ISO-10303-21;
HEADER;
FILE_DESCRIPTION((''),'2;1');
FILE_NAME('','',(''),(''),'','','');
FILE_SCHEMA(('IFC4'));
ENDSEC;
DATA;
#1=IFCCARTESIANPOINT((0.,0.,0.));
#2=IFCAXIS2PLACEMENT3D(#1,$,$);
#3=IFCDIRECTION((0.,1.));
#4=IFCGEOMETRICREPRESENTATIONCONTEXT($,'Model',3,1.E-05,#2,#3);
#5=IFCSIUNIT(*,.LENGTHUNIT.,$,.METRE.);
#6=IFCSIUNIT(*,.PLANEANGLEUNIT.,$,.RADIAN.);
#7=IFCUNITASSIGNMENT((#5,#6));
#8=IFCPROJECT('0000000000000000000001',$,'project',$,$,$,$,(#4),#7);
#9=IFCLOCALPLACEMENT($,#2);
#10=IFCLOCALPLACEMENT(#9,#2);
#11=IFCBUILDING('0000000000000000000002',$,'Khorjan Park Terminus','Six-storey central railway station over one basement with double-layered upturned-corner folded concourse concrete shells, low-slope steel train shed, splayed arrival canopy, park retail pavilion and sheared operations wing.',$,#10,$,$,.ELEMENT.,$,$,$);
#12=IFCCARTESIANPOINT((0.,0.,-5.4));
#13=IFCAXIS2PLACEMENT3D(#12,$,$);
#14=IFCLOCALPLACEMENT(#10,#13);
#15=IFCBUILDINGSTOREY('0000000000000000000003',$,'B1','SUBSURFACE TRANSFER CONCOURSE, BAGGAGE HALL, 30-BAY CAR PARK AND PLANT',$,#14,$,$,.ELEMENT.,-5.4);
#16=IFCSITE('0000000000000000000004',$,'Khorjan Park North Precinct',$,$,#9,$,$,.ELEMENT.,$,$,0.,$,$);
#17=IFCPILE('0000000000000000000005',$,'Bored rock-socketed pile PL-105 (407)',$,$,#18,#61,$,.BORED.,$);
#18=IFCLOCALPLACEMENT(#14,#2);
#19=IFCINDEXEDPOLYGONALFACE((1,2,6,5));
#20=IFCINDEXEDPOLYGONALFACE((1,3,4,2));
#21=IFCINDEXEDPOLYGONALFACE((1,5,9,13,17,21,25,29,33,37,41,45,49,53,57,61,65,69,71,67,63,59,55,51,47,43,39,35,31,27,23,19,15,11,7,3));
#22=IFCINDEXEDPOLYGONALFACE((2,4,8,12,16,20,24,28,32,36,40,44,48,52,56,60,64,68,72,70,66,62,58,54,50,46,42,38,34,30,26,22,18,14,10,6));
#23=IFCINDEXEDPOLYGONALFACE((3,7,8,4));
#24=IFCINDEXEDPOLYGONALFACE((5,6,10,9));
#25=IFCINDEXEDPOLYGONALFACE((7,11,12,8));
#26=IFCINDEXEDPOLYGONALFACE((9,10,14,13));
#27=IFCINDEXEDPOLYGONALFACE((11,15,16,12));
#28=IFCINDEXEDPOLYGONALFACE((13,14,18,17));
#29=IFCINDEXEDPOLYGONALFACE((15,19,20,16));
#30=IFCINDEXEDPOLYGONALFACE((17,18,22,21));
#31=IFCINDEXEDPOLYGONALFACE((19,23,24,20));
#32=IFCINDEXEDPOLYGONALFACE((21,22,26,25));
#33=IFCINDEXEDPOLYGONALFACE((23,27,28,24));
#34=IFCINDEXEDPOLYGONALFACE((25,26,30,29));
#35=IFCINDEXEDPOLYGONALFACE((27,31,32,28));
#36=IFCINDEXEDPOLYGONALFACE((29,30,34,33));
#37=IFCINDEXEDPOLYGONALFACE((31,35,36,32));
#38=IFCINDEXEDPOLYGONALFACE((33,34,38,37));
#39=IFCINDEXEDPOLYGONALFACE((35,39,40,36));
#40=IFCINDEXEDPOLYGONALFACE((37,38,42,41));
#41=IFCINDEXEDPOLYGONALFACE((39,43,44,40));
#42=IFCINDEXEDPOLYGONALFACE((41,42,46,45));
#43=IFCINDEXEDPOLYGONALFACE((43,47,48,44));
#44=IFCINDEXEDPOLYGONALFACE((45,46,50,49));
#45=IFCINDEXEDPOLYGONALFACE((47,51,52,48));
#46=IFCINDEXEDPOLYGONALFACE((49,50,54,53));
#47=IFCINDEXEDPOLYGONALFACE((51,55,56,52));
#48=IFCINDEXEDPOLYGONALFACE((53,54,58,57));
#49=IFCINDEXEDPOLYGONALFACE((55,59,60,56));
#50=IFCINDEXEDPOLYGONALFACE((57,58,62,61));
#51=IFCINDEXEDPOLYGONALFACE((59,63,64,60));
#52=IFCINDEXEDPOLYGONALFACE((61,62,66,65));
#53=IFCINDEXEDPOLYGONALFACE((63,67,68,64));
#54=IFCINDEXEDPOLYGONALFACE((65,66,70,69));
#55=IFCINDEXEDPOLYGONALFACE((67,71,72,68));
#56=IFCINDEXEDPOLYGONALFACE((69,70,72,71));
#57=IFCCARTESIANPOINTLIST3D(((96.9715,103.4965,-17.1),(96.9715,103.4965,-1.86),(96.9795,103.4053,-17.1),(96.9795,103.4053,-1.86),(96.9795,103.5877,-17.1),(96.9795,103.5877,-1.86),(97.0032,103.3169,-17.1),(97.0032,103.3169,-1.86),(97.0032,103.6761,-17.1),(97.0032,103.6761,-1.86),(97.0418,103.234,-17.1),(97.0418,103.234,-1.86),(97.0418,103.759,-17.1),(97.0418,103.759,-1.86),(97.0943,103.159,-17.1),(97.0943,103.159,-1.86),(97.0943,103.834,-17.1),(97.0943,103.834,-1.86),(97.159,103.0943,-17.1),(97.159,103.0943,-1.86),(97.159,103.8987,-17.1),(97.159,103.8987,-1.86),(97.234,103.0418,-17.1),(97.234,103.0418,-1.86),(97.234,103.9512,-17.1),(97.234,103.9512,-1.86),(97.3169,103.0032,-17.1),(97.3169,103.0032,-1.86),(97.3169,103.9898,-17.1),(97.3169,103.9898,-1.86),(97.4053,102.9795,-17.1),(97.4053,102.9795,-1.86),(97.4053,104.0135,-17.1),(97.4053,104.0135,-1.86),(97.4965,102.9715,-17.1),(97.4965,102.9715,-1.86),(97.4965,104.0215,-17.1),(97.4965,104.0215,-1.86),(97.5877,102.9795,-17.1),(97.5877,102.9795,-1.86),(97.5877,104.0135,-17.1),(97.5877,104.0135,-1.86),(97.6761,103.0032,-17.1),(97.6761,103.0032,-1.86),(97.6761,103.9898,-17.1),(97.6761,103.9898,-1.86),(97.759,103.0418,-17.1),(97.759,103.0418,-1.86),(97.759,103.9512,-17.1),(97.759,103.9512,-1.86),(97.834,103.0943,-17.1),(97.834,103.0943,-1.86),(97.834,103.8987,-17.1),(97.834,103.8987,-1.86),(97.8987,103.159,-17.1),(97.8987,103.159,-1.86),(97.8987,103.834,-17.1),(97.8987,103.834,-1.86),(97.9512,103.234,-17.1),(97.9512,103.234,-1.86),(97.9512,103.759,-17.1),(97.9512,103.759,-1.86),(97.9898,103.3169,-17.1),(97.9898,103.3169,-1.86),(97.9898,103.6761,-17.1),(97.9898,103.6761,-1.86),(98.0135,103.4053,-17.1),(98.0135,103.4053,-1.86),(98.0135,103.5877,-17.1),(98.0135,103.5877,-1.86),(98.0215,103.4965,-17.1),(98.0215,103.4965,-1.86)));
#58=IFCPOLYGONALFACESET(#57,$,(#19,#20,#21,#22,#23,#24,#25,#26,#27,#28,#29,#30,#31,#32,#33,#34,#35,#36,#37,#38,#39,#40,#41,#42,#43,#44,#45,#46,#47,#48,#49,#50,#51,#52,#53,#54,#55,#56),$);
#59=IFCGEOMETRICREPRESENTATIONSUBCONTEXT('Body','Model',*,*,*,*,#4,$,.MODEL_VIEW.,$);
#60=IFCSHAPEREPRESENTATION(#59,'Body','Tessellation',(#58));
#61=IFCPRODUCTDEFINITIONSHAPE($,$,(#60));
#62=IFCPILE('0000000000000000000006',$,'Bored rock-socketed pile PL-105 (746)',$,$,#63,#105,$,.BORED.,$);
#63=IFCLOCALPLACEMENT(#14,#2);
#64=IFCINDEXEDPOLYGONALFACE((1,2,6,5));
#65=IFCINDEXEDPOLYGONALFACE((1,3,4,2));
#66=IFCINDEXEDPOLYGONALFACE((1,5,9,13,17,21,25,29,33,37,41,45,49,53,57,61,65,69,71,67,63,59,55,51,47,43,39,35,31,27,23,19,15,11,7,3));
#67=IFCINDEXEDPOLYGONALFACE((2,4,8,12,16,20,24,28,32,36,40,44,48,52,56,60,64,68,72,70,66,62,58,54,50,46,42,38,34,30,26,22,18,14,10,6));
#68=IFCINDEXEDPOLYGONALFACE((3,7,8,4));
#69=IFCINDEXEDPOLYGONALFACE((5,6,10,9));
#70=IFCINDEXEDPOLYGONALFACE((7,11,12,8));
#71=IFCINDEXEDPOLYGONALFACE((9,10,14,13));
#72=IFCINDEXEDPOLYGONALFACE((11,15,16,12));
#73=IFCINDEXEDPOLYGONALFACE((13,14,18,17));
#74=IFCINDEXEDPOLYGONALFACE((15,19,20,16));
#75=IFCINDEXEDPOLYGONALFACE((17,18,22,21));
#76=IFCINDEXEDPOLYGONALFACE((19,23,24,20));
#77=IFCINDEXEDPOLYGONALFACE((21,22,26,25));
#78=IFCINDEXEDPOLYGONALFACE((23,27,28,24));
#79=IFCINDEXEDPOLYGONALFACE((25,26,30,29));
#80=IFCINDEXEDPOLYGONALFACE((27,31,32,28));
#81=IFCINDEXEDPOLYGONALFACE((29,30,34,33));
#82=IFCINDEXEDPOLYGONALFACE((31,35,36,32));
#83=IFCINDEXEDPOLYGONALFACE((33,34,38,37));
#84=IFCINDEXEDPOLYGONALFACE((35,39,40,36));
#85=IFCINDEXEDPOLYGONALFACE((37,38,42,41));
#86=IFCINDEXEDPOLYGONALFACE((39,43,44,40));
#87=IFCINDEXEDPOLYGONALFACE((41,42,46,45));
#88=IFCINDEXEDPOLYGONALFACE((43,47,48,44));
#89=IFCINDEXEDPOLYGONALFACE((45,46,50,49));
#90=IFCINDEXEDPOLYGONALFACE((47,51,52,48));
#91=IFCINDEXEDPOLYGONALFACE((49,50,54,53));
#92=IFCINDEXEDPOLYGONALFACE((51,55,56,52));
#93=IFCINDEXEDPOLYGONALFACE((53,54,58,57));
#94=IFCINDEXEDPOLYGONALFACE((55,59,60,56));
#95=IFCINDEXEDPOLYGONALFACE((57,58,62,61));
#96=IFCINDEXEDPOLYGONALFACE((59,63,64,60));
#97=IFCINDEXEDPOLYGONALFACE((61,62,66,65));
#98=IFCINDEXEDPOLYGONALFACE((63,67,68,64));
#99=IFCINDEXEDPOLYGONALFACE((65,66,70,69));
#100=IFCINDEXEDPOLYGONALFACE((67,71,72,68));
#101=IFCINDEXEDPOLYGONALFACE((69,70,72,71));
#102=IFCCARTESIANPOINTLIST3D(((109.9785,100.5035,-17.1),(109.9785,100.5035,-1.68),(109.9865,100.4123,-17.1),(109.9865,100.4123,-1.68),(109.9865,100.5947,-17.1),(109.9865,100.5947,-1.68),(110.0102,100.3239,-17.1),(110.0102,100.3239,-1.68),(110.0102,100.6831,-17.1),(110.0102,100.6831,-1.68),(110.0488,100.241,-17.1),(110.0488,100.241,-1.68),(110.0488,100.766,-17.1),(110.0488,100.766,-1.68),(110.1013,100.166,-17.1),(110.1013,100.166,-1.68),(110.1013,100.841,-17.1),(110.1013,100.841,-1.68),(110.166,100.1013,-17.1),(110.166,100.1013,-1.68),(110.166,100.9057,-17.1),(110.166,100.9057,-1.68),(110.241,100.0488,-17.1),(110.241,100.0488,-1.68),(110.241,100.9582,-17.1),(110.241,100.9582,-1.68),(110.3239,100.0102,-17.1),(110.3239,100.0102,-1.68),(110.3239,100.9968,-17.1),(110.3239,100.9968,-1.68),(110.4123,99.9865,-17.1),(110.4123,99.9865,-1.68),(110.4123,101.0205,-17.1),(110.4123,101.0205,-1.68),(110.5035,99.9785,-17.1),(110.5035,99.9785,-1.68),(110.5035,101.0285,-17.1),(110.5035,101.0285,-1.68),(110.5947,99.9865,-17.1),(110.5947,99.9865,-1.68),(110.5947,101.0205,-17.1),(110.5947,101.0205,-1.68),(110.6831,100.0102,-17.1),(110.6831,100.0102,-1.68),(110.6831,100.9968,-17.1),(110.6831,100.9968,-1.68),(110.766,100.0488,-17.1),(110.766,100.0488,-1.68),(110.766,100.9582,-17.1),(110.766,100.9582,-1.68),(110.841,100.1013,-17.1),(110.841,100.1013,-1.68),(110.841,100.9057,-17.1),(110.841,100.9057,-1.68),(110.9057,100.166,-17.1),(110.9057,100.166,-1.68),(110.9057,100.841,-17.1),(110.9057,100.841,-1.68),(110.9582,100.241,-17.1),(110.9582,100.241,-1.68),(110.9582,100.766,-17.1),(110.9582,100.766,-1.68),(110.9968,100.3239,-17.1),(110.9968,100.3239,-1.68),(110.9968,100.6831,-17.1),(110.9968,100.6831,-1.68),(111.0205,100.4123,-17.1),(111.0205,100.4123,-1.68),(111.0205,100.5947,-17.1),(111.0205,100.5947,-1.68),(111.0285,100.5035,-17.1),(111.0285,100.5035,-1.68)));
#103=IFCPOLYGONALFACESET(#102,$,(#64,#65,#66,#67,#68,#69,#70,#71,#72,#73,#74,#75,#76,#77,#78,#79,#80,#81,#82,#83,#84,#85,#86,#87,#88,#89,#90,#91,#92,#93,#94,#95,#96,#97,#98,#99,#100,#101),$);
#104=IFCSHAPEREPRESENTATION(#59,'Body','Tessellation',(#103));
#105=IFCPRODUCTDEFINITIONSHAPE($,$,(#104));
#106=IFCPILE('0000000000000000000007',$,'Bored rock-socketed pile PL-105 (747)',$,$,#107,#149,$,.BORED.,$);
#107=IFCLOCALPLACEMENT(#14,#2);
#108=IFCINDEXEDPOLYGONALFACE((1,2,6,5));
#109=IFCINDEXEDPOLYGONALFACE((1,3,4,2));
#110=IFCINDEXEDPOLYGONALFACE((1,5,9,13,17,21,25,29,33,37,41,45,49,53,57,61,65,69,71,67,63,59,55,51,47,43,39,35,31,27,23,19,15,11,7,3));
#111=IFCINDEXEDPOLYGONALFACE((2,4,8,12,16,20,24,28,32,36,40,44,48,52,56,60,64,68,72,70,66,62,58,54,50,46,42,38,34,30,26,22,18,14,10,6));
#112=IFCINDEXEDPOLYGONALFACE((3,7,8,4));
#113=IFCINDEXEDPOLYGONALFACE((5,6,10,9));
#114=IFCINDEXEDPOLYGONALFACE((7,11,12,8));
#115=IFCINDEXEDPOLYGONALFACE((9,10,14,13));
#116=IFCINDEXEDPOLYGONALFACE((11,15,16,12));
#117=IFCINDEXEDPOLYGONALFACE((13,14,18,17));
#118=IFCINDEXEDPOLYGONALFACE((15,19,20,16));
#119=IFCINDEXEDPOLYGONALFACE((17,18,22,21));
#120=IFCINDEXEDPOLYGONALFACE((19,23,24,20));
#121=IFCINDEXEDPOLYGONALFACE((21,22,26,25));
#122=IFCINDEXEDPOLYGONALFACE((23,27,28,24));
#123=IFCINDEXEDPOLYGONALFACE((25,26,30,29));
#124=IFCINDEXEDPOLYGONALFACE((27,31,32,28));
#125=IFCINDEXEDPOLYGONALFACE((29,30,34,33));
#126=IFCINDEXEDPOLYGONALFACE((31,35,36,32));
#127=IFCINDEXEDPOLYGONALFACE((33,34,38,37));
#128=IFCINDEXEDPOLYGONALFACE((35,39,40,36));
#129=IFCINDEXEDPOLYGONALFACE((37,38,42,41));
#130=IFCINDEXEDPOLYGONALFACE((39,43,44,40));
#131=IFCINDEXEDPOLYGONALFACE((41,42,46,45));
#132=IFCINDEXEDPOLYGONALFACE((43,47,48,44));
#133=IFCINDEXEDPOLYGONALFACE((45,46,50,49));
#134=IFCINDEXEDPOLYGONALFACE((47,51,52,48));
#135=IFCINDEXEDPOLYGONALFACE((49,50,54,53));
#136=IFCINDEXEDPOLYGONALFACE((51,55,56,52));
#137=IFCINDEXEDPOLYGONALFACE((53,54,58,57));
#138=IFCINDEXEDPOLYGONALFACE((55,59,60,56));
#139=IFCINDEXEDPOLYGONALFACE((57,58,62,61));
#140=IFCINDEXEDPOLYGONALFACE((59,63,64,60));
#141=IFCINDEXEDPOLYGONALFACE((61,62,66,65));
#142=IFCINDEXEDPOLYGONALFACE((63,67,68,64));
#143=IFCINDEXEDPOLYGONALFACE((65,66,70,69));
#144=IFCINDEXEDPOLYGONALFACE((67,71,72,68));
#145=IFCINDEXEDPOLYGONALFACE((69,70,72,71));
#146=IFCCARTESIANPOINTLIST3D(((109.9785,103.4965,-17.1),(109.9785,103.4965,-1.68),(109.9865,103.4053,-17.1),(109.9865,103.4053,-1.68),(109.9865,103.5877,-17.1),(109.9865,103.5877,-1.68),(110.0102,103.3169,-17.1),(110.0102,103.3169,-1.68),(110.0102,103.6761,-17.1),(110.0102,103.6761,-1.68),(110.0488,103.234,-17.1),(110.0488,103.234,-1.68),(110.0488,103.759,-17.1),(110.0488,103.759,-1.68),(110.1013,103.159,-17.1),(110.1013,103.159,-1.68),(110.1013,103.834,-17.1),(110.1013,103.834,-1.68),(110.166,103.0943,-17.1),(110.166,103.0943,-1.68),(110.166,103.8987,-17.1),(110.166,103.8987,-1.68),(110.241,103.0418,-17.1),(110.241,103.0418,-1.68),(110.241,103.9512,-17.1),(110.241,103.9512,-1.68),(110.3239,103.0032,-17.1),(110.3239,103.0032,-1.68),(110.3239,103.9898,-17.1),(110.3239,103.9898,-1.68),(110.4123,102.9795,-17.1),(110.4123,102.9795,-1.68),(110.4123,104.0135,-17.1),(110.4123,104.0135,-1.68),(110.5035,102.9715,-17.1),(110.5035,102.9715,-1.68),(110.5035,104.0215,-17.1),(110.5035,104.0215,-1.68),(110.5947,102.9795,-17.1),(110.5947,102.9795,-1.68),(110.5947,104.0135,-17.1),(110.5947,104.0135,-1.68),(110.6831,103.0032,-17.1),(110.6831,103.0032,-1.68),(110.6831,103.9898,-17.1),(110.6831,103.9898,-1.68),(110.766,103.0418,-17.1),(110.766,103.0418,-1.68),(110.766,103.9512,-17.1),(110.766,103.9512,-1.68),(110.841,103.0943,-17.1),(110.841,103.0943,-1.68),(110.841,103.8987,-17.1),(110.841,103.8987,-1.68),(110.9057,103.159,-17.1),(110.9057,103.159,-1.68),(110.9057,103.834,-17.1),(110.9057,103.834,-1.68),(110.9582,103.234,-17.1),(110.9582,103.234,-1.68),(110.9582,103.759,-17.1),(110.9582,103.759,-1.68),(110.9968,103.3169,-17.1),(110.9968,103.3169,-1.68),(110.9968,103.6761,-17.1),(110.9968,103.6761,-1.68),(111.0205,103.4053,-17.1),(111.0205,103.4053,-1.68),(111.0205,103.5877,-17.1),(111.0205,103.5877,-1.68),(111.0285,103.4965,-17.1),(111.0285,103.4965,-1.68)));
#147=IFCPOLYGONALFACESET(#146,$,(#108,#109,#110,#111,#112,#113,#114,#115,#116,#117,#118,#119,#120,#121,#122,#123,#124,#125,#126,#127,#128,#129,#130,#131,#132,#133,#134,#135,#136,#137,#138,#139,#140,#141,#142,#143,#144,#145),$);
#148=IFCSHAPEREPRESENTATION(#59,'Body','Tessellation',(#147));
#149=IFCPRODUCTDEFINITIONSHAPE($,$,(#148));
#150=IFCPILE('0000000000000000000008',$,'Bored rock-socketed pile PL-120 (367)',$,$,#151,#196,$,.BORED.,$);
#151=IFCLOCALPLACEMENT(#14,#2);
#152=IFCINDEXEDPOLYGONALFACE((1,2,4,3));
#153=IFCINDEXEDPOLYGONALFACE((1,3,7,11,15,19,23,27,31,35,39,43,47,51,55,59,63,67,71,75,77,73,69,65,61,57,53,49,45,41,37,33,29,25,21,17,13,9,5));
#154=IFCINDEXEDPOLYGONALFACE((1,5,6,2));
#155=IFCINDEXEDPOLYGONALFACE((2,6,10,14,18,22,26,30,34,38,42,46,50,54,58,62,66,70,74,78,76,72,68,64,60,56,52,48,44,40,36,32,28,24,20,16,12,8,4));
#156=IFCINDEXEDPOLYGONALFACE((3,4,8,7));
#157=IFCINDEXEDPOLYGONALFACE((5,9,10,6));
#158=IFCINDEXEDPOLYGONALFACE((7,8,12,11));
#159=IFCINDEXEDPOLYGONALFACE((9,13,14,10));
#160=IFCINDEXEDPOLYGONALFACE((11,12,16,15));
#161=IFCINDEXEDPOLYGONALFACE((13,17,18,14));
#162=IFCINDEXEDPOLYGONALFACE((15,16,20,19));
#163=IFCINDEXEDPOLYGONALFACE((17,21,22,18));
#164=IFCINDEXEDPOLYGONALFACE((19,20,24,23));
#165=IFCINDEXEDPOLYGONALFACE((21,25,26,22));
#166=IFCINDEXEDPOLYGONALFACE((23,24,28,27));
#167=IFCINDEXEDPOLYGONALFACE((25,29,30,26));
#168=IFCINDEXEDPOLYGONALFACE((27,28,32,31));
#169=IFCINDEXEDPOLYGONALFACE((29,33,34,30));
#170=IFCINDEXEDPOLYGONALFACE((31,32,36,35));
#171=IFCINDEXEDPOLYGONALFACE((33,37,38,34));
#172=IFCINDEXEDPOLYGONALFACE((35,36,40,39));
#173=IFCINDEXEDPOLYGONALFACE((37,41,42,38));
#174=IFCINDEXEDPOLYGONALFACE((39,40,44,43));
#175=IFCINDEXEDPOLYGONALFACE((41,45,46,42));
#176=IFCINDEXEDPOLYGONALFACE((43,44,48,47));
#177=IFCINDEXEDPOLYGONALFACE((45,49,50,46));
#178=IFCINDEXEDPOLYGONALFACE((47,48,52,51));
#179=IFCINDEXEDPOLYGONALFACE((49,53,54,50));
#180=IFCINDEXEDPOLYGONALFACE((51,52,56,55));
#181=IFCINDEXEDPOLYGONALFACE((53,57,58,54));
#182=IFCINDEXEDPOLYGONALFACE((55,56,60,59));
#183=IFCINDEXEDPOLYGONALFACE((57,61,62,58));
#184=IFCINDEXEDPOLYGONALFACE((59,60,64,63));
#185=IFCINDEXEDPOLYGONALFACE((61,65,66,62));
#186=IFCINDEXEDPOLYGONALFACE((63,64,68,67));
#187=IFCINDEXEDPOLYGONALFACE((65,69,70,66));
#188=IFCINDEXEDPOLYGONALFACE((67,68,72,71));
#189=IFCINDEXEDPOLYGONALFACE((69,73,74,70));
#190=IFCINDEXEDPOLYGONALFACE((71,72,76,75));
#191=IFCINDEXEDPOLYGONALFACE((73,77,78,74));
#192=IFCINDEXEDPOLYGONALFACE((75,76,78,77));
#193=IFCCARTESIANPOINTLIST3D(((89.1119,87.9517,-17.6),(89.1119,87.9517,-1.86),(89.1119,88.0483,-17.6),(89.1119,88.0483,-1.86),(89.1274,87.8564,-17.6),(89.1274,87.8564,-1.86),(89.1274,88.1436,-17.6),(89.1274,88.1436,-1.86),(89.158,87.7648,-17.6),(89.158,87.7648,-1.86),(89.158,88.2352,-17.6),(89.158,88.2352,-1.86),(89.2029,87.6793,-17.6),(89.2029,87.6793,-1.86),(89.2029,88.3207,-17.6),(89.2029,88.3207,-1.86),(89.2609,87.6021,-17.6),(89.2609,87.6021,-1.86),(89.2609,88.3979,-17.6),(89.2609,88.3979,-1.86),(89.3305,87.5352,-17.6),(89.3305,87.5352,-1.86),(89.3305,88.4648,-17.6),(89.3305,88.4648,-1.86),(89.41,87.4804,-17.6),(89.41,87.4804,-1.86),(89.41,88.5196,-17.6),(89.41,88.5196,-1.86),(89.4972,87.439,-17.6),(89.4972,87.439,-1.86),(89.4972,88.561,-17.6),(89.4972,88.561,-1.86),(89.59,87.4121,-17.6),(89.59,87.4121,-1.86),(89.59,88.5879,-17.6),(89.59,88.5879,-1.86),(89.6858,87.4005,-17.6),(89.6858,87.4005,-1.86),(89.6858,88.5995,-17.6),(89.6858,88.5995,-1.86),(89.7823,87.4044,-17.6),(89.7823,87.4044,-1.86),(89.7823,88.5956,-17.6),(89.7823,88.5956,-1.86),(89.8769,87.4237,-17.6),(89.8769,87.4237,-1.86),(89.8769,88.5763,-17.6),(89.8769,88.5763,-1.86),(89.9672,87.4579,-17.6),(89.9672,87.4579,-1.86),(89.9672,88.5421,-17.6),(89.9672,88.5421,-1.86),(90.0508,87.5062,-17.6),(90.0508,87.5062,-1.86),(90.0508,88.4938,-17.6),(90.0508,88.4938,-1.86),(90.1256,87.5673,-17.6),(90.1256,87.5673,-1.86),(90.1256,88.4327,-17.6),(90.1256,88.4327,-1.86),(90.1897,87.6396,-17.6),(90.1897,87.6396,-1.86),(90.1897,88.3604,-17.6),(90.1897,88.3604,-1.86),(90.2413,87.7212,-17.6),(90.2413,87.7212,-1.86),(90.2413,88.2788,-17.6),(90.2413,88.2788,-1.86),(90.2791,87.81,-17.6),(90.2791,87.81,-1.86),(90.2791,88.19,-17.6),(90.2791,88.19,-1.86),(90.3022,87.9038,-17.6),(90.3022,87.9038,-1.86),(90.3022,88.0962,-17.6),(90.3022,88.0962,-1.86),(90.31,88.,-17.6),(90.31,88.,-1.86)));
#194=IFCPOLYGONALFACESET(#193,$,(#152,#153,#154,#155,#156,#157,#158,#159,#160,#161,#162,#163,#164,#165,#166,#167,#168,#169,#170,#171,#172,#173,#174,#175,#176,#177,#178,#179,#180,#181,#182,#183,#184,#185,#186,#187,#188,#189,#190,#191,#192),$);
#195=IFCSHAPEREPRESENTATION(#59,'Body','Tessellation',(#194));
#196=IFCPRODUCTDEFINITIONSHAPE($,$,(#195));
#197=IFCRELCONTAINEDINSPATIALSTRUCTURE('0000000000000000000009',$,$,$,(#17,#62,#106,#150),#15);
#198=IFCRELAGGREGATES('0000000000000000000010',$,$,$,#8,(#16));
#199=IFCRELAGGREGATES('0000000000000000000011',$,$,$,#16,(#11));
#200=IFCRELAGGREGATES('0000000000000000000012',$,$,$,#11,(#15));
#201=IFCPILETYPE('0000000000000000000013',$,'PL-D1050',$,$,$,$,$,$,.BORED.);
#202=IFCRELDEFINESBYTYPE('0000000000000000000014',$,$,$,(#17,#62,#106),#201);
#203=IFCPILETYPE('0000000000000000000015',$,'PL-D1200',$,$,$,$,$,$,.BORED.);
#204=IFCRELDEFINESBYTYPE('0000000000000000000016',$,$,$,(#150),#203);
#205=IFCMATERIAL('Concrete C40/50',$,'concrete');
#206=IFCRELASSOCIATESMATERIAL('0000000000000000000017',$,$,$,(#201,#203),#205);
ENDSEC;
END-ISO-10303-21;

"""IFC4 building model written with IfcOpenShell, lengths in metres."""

from ifc_helpers import new_model, si_unit, direction, frame, origin, origin_2d, place, context, subcontext, project, spatial, circle, extrude, material, material_profile, profile_set, type_object, element, save


model = new_model("IFC4")

# Units and contexts
model_context = context("Model", 3, precision=1e-05, world=origin(), true_north=direction((0.0, 1.0)))
body_context = subcontext(model_context, "Body", "Model", "MODEL_VIEW")
ifc_project = project(units=[si_unit("LENGTHUNIT", "METRE"), si_unit("PLANEANGLEUNIT", "RADIAN")], contexts=[model_context])

# Site, building, storey
site_placement = place(None, origin())
site = spatial("IfcSite", under=ifc_project, at=site_placement, Name="Khorjan Park North Precinct", CompositionType="ELEMENT", RefElevation=0.0)
building_placement = place(site_placement, origin())
building = spatial("IfcBuilding", under=site, at=building_placement, Name="Khorjan Park Terminus", Description="Six-storey central railway station over one basement with double-layered upturned-corner folded concourse concrete shells, low-slope steel train shed, splayed arrival canopy, park retail pavilion and sheared operations wing.", CompositionType="ELEMENT")
storey_placement = place(building_placement, frame((0.0, 0.0, -5.4)))
storey = spatial("IfcBuildingStorey", under=building, at=storey_placement, Name="B1", Description="SUBSURFACE TRANSFER CONCOURSE, BAGGAGE HALL, 30-BAY CAR PARK AND PLANT", CompositionType="ELEMENT", Elevation=-5.4)

# Shared definitions
ifc_material_1 = material(Name="Concrete C40/50", Category="concrete")

# Piles
ifc_material_profile_1 = material_profile(ifc_material_1, circle(Radius=0.525, at=origin_2d()), Name="BORED D1050")
ifc_profile_set_1 = profile_set([ifc_material_profile_1], Name="Concrete C40/50")
pile_type_1 = type_object("IfcPileType", Name="PL-D1050", PredefinedType="BORED", material=ifc_profile_set_1)
for number, where, z_axis, x_axis, name in (
    (1, (97.4965, 103.4965, -1.86), (0.0, 0.0, -1.0), (1.0, 0.0, 0.0), "Bored rock-socketed pile PL-105 (407)"),
):
    element("IfcPile", number, at=place(storey_placement, frame(where, z_axis=z_axis, x_axis=x_axis)), inside=storey, type_object=pile_type_1, Name=name, PredefinedType="BORED", context=body_context, shape_type="SweptSolid", body=[
        extrude(circle(Radius=0.525, at=origin_2d()), origin(), (0.0, 0.0, 1.0), 15.24),
    ])
for number, where, z_axis, x_axis, name in (
    (2, (110.5035, 100.5035, -1.68), (0.0, 0.0, -1.0), (1.0, 0.0, 0.0), "Bored rock-socketed pile PL-105 (746)"),
    (3, (110.5035, 103.4965, -1.68), (0.0, 0.0, -1.0), (1.0, 0.0, 0.0), "Bored rock-socketed pile PL-105 (747)"),
):
    element("IfcPile", number, at=place(storey_placement, frame(where, z_axis=z_axis, x_axis=x_axis)), inside=storey, type_object=pile_type_1, Name=name, PredefinedType="BORED", context=body_context, shape_type="SweptSolid", body=[
        extrude(circle(Radius=0.525, at=origin_2d()), origin(), (0.0, 0.0, 1.0), 15.42),
    ])
ifc_material_profile_2 = material_profile(ifc_material_1, circle(Radius=0.6, at=origin_2d()), Name="BORED D1200")
ifc_profile_set_2 = profile_set([ifc_material_profile_2], Name="Concrete C40/50")
pile_type_2 = type_object("IfcPileType", Name="PL-D1200", PredefinedType="BORED", material=ifc_profile_set_2)
pile_1_placement = place(storey_placement, frame((89.71, 88.0, -1.86), z_axis=(0.0, 0.0, -1.0), x_axis=(1.0, 0.0, 0.0)))
element("IfcPile", 4, at=pile_1_placement, inside=storey, type_object=pile_type_2, Name="Bored rock-socketed pile PL-120 (367)", PredefinedType="BORED", context=body_context, shape_type="SweptSolid", body=[
    extrude(circle(Radius=0.6, at=origin_2d()), origin(), (0.0, 0.0, 1.0), 15.74),
])

save(model, "model.ifc")
